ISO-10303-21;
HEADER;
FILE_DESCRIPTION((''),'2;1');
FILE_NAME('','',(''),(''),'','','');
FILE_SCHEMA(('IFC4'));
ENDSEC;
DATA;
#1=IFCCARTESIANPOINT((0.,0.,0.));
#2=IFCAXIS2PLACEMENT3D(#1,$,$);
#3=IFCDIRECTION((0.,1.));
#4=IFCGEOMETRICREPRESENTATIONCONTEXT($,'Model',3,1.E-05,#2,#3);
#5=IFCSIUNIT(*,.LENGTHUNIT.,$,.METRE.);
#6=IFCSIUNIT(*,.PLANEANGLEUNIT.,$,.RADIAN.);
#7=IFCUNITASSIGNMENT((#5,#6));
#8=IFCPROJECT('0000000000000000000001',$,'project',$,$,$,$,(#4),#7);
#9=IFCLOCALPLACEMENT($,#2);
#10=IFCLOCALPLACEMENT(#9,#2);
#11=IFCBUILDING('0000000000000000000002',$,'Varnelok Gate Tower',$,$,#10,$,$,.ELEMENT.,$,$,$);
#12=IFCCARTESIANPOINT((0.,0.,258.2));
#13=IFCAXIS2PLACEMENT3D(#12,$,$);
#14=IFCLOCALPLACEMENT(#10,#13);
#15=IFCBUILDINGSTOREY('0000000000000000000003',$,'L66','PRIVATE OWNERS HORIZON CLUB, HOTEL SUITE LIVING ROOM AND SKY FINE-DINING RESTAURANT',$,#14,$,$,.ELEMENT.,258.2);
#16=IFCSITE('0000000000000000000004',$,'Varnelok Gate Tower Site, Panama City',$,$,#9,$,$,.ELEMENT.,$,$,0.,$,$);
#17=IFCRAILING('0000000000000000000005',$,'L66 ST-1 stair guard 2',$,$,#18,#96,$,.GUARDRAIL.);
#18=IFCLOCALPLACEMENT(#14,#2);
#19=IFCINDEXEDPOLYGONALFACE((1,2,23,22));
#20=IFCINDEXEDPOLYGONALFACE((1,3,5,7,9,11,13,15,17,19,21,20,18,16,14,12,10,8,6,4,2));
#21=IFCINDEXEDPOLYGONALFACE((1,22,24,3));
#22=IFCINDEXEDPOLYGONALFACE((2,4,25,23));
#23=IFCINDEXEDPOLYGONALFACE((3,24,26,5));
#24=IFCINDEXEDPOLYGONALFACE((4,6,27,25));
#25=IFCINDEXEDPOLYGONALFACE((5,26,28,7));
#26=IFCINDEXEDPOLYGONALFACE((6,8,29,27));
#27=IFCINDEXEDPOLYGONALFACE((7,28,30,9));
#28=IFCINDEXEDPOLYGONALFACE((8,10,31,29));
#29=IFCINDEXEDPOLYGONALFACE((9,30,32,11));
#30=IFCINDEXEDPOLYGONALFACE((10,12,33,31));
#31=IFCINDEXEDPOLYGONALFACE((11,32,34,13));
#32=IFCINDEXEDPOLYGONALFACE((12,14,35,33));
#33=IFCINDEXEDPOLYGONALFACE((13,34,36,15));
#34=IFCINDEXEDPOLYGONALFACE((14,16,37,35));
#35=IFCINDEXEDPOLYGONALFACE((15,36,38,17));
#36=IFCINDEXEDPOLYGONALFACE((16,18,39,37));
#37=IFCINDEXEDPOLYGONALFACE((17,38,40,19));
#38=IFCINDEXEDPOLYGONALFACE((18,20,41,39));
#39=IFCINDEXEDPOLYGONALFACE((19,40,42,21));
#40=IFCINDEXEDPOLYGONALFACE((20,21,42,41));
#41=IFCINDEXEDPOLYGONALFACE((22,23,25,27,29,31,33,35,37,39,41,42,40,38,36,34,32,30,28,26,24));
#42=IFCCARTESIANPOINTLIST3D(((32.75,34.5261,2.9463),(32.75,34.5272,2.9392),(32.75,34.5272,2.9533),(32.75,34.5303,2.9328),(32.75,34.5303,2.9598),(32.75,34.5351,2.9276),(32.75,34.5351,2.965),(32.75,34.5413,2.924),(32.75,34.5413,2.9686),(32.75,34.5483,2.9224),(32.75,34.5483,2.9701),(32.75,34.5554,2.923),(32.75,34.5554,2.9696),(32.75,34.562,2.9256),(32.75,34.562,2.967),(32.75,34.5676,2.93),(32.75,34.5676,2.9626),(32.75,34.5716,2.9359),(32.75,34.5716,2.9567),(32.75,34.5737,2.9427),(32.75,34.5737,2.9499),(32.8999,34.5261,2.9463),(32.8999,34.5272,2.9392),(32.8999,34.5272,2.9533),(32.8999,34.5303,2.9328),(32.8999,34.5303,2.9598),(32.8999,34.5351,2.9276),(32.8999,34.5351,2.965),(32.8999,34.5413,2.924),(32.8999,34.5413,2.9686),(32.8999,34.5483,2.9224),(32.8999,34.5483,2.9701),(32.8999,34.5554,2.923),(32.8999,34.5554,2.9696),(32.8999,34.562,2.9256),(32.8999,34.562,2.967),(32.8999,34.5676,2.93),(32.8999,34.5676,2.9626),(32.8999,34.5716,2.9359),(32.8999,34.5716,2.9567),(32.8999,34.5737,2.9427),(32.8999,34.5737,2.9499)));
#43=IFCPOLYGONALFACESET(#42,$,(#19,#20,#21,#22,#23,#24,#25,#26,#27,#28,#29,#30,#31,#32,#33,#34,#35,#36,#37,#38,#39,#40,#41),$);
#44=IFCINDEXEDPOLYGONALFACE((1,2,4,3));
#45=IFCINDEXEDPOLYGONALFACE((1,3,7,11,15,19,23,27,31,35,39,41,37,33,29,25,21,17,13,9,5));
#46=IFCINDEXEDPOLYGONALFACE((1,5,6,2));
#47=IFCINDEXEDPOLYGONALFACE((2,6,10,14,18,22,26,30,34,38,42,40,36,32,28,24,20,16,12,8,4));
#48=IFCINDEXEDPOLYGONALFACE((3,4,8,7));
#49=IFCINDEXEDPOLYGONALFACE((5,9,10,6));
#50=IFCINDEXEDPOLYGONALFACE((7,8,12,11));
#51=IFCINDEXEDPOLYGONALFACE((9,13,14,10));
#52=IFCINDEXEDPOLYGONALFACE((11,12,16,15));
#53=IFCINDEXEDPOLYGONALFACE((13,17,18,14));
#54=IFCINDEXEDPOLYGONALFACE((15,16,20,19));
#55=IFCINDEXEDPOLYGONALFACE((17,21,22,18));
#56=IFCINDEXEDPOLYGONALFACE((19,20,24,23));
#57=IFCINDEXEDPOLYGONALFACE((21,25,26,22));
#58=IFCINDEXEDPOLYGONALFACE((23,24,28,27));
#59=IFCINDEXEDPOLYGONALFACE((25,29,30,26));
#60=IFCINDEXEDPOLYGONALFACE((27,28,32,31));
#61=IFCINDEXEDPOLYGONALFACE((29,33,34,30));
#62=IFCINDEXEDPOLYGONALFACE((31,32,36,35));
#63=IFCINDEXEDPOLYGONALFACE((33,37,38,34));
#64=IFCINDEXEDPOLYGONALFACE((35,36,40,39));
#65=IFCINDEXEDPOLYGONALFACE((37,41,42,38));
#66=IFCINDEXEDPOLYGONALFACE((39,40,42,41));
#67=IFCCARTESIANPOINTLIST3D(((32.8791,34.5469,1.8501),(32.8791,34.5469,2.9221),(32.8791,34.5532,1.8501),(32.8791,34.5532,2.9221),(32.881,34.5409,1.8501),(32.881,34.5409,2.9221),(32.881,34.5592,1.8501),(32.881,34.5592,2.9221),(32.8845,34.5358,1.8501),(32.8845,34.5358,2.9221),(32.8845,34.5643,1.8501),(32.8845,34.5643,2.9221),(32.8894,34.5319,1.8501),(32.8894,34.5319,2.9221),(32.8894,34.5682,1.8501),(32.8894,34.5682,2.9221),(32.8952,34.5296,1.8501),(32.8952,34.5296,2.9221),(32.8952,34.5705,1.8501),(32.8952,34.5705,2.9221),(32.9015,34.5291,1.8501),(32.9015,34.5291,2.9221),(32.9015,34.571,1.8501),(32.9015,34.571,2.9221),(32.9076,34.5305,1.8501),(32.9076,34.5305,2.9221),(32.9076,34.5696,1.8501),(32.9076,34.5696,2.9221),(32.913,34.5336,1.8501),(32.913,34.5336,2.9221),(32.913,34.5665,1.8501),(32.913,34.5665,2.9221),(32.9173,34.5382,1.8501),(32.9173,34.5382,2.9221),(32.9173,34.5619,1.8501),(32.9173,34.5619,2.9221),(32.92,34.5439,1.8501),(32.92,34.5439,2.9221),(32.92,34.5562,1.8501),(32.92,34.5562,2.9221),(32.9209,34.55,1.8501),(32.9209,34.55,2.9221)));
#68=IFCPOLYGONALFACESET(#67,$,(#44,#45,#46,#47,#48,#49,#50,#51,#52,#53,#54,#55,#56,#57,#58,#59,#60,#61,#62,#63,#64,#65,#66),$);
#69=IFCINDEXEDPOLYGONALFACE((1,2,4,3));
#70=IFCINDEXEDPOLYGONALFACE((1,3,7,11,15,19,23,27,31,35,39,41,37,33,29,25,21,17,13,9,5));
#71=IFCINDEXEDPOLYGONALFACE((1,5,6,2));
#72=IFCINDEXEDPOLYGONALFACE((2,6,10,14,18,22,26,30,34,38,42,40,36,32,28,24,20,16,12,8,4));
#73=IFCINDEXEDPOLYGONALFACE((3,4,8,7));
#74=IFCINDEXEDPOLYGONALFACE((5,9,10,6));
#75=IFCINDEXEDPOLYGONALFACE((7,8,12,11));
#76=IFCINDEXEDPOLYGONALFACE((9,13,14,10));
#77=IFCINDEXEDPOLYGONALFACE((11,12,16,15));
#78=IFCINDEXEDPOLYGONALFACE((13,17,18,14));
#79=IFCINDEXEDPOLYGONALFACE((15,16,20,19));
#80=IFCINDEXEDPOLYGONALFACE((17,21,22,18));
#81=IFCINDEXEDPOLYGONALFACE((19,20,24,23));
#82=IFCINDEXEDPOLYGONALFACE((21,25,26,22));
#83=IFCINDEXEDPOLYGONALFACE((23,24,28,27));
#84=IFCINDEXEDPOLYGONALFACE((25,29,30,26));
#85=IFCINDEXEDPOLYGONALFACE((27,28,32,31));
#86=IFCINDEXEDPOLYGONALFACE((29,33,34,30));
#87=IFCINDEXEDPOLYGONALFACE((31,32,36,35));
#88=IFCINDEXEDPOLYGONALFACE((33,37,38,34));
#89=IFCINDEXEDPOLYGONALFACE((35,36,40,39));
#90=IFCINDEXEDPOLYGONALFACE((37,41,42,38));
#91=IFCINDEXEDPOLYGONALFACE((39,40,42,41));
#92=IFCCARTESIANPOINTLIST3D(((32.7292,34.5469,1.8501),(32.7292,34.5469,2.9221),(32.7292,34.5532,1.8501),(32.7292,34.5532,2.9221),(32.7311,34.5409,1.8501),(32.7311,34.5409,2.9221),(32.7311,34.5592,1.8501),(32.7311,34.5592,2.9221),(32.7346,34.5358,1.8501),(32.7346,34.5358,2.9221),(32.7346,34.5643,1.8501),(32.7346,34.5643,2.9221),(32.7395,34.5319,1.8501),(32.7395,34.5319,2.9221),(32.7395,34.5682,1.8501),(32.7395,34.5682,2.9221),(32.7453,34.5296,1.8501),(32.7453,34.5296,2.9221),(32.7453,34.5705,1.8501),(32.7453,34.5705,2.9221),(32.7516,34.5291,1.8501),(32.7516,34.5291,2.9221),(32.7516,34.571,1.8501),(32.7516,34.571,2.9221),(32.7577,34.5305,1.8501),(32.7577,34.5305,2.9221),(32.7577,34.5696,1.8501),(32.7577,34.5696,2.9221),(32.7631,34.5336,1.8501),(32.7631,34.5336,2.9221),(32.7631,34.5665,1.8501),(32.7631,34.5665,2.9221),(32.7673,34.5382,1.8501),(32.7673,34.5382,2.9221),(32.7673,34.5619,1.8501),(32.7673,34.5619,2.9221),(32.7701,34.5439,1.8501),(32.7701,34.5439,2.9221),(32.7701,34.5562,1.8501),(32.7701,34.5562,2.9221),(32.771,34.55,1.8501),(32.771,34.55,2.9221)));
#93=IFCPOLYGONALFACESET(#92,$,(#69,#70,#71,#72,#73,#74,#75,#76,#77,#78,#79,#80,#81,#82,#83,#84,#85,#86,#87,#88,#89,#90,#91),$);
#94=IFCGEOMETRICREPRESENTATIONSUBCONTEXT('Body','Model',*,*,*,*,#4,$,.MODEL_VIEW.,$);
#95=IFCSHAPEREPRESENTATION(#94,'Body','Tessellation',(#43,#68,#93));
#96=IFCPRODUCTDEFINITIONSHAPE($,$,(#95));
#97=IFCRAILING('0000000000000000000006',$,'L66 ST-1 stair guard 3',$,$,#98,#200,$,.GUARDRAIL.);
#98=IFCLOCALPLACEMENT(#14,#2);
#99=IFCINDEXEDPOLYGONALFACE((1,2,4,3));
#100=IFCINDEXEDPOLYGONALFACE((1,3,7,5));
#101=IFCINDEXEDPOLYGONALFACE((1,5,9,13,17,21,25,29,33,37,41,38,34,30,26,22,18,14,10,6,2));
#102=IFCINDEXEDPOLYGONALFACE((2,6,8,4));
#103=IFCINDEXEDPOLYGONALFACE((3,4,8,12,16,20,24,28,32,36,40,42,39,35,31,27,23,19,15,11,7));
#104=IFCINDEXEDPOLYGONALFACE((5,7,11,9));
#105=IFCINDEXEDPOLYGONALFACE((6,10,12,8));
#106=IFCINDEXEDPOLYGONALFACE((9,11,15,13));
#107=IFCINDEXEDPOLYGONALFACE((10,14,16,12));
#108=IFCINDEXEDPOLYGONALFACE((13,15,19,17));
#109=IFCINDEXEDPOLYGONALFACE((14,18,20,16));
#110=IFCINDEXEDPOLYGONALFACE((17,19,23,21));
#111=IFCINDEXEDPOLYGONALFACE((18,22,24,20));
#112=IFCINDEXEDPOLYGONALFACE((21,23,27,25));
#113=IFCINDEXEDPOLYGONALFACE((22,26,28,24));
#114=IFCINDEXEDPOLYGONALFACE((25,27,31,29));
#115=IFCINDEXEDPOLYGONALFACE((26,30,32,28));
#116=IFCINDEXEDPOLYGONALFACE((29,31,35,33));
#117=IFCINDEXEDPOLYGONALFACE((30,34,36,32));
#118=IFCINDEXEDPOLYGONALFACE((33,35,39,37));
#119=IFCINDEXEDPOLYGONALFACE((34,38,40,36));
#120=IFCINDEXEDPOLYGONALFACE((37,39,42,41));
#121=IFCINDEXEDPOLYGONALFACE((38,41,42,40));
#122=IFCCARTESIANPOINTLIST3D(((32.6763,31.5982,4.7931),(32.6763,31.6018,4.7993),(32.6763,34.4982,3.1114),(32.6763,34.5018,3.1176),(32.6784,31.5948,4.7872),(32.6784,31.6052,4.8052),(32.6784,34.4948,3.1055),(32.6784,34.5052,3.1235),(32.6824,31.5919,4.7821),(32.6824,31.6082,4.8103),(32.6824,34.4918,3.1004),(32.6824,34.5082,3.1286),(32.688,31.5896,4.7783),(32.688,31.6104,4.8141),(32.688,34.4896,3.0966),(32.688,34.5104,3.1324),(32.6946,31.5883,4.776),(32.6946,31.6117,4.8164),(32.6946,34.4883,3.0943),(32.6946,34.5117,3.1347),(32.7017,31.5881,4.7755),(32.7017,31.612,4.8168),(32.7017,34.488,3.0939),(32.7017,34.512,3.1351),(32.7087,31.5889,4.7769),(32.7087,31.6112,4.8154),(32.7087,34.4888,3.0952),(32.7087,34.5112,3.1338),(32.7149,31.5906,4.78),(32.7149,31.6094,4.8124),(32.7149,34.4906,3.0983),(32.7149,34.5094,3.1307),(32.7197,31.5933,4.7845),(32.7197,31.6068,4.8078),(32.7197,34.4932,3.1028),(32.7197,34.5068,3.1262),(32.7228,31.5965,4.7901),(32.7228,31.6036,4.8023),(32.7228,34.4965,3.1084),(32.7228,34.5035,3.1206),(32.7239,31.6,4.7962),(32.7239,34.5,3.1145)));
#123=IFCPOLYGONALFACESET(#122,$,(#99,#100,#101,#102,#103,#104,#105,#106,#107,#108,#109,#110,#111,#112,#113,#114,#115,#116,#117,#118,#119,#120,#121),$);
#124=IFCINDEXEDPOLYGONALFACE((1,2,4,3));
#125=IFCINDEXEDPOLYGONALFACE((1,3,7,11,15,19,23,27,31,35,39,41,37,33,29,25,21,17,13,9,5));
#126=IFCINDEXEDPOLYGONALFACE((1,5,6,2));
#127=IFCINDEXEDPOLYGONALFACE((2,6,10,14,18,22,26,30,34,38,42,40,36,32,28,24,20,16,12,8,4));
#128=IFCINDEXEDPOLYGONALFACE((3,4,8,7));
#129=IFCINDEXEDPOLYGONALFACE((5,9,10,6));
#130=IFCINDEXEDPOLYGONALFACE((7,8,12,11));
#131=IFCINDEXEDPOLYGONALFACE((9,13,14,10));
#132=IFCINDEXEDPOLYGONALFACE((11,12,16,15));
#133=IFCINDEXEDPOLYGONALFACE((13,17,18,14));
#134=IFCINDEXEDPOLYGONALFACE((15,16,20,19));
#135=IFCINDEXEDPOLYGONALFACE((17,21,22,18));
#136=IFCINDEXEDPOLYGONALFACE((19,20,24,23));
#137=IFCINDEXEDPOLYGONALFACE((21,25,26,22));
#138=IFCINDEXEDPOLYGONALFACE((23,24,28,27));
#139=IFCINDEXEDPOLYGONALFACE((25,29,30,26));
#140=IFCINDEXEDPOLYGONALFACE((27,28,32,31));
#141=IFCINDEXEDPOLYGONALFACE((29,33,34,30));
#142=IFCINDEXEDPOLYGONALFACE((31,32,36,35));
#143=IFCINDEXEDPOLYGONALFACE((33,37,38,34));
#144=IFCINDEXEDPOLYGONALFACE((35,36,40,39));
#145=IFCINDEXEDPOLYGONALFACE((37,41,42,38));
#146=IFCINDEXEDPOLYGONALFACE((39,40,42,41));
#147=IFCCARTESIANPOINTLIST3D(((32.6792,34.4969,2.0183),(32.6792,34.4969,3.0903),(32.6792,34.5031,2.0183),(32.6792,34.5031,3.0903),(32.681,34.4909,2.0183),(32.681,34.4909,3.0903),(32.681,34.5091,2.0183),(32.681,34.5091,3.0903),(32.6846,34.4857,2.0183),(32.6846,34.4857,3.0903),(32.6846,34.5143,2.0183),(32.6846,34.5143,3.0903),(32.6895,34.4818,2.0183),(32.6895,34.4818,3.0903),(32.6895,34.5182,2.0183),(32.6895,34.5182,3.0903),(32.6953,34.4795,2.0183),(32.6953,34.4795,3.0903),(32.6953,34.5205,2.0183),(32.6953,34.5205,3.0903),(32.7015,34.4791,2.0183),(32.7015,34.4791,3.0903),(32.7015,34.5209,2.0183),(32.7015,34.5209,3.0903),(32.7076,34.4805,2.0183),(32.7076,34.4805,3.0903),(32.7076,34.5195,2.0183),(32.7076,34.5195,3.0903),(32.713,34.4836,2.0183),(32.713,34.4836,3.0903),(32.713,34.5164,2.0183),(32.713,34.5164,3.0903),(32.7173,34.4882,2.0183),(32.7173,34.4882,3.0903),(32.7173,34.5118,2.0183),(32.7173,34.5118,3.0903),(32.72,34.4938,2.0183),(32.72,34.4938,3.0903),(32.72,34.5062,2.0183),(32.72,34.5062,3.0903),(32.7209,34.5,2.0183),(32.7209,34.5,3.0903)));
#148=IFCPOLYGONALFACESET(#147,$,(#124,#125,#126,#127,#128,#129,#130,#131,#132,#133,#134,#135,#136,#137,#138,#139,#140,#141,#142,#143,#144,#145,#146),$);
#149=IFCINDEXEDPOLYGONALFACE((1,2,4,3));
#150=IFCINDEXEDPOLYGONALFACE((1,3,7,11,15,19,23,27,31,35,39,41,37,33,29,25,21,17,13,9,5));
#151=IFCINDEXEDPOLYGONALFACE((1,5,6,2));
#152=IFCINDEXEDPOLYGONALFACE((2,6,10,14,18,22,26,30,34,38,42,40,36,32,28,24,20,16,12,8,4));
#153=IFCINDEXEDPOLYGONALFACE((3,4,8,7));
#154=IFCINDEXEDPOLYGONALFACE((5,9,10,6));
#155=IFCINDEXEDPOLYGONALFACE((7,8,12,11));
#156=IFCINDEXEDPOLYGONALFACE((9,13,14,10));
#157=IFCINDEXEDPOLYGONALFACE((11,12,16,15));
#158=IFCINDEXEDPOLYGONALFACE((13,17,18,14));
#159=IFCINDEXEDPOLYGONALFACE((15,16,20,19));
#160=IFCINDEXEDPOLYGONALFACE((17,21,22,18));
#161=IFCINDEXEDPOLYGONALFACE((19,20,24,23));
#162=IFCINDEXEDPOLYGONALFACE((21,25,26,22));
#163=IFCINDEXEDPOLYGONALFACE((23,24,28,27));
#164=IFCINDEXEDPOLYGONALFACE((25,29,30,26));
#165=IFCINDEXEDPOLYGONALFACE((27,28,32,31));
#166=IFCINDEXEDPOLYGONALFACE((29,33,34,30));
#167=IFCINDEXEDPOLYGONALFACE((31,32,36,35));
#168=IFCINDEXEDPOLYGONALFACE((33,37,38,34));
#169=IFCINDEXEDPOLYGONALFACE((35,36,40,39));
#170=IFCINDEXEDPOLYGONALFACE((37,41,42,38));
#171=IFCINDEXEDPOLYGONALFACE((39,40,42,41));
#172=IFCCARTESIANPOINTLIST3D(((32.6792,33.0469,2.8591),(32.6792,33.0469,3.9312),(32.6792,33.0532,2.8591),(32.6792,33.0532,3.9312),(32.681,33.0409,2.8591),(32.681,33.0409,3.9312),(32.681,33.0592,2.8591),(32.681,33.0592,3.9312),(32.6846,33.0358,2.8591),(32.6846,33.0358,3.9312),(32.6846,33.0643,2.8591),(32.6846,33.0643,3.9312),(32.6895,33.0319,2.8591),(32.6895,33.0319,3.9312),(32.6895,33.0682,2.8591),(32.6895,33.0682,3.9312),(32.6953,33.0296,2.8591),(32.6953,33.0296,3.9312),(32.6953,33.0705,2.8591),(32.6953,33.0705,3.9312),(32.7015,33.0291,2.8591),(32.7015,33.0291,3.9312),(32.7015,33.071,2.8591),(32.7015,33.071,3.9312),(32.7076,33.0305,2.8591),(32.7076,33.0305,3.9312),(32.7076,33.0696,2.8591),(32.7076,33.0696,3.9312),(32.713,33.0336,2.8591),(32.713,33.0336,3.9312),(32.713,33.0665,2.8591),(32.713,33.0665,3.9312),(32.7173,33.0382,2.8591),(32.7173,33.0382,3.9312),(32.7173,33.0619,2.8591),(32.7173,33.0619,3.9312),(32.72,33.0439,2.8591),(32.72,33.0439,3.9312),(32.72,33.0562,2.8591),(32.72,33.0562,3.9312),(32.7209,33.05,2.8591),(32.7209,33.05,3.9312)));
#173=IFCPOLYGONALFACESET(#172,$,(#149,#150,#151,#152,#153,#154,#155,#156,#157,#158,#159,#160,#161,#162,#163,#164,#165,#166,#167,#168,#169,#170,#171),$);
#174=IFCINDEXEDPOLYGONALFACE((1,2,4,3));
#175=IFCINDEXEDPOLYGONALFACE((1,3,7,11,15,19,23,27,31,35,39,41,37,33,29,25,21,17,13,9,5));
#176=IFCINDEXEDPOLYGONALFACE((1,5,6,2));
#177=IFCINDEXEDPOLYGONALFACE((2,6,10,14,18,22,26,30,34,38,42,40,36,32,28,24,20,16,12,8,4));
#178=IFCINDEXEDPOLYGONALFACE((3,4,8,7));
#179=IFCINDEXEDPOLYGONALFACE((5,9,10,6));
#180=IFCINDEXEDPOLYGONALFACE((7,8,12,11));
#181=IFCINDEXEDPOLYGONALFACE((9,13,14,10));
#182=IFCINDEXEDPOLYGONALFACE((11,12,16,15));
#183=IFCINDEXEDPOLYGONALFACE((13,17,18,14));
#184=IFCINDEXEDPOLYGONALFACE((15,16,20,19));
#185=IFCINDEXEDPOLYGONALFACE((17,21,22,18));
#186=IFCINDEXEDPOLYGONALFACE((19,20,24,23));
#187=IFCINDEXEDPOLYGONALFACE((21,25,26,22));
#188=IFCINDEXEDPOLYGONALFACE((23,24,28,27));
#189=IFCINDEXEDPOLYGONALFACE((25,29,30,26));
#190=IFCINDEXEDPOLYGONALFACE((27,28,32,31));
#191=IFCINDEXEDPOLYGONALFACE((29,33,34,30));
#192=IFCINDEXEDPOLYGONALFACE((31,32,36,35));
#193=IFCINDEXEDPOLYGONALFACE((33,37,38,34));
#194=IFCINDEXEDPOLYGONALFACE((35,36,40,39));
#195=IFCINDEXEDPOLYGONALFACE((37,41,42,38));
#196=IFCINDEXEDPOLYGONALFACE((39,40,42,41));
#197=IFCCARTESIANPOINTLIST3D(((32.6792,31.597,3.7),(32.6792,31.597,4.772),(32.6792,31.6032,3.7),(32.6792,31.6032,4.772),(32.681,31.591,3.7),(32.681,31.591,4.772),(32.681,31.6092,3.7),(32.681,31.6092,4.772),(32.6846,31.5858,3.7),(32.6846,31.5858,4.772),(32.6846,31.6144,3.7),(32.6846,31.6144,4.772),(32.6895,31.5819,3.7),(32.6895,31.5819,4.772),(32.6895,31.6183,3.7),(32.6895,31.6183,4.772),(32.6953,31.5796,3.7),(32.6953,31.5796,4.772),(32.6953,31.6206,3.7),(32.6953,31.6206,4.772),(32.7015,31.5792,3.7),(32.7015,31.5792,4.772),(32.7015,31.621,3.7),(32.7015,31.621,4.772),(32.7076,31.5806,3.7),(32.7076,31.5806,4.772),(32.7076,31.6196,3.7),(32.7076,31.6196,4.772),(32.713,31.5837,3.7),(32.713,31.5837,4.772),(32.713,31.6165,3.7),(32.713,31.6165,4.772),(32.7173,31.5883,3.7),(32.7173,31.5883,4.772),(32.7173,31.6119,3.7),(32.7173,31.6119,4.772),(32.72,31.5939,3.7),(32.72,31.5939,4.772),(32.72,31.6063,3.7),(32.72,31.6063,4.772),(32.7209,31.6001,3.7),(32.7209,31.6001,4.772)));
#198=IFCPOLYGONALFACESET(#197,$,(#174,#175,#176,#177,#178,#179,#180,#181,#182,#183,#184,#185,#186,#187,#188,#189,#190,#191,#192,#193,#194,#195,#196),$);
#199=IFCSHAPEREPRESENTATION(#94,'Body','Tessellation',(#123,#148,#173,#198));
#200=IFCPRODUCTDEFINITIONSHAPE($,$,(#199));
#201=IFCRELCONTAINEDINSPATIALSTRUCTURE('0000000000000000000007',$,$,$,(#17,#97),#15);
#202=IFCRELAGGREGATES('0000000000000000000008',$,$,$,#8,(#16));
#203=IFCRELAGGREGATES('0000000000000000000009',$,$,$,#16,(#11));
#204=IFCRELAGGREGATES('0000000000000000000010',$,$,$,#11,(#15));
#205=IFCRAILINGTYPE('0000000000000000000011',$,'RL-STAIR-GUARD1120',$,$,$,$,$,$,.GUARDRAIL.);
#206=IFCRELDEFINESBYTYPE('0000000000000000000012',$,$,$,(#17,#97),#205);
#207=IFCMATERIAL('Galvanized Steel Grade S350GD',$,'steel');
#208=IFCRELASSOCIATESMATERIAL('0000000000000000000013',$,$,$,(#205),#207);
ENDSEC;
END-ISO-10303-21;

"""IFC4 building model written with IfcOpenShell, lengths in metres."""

from ifc_helpers import new_model, si_unit, direction, frame, origin, origin_2d, place, context, subcontext, project, spatial, circle, extrude, material, type_object, element, save


model = new_model("IFC4")

# Units and contexts
model_context = context("Model", 3, precision=1e-05, world=origin(), true_north=direction((0.0, 1.0)))
body_context = subcontext(model_context, "Body", "Model", "MODEL_VIEW")
ifc_project = project(units=[si_unit("LENGTHUNIT", "METRE"), si_unit("PLANEANGLEUNIT", "RADIAN")], contexts=[model_context])

# Site, building, storey
site_placement = place(None, origin())
site = spatial("IfcSite", under=ifc_project, at=site_placement, Name="Varnelok Gate Tower Site, Panama City", CompositionType="ELEMENT", RefElevation=0.0)
building_placement = place(site_placement, origin())
building = spatial("IfcBuilding", under=site, at=building_placement, Name="Varnelok Gate Tower", CompositionType="ELEMENT")
storey_placement = place(building_placement, frame((0.0, 0.0, 258.2)))
storey = spatial("IfcBuildingStorey", under=building, at=storey_placement, Name="L66", Description="PRIVATE OWNERS HORIZON CLUB, HOTEL SUITE LIVING ROOM AND SKY FINE-DINING RESTAURANT", CompositionType="ELEMENT", Elevation=258.2)

# Shared definitions
ifc_material_1 = material(Name="Galvanized Steel Grade S350GD", Category="steel")

# Railings
railing_type_1 = type_object("IfcRailingType", Name="RL-STAIR-GUARD1120", PredefinedType="GUARDRAIL", material=ifc_material_1)
railing_1_placement = place(storey_placement, frame((32.8999, 34.55, 1.8501)))
element("IfcRailing", 1, at=railing_1_placement, inside=storey, type_object=railing_type_1, Name="L66 ST-1 stair guard 2", PredefinedType="GUARDRAIL", context=body_context, shape_type="SweptSolid", body=[
    extrude(circle(Radius=0.0239, at=origin_2d()), frame((0.0, 0.0, 1.0962), z_axis=(-1.0, 0.0, 0.0), x_axis=(0.0, -1.0, 0.0)), (0.0, 0.0, 1.0), 0.1499),
    extrude(circle(Radius=0.021, at=origin_2d()), origin(), (0.0, 0.0, 1.0), 1.072),
    extrude(circle(Radius=0.021, at=origin_2d()), frame((-0.1499, 0.0, 0.0)), (0.0, 0.0, 1.0), 1.072),
])
railing_2_placement = place(storey_placement, frame((32.7, 34.5, 2.0183)))
element("IfcRailing", 2, at=railing_2_placement, inside=storey, type_object=railing_type_1, Name="L66 ST-1 stair guard 3", PredefinedType="GUARDRAIL", context=body_context, shape_type="SweptSolid", body=[
    extrude(circle(Radius=0.0239, at=origin_2d()), frame((0.0, 0.0, 1.0962), z_axis=(0.0, -0.86507, 0.501651), x_axis=(1.0, 0.0, 0.0)), (0.0, 0.0, 1.0), 3.3523),
    extrude(circle(Radius=0.021, at=origin_2d()), origin(), (0.0, 0.0, 1.0), 1.072),
    extrude(circle(Radius=0.021, at=origin_2d()), frame((0.0, -1.45, 0.8408)), (0.0, 0.0, 1.0), 1.072),
    extrude(circle(Radius=0.021, at=origin_2d()), frame((0.0, -2.8999, 1.6816)), (0.0, 0.0, 1.0), 1.072),
])

save(model, "model.ifc")
